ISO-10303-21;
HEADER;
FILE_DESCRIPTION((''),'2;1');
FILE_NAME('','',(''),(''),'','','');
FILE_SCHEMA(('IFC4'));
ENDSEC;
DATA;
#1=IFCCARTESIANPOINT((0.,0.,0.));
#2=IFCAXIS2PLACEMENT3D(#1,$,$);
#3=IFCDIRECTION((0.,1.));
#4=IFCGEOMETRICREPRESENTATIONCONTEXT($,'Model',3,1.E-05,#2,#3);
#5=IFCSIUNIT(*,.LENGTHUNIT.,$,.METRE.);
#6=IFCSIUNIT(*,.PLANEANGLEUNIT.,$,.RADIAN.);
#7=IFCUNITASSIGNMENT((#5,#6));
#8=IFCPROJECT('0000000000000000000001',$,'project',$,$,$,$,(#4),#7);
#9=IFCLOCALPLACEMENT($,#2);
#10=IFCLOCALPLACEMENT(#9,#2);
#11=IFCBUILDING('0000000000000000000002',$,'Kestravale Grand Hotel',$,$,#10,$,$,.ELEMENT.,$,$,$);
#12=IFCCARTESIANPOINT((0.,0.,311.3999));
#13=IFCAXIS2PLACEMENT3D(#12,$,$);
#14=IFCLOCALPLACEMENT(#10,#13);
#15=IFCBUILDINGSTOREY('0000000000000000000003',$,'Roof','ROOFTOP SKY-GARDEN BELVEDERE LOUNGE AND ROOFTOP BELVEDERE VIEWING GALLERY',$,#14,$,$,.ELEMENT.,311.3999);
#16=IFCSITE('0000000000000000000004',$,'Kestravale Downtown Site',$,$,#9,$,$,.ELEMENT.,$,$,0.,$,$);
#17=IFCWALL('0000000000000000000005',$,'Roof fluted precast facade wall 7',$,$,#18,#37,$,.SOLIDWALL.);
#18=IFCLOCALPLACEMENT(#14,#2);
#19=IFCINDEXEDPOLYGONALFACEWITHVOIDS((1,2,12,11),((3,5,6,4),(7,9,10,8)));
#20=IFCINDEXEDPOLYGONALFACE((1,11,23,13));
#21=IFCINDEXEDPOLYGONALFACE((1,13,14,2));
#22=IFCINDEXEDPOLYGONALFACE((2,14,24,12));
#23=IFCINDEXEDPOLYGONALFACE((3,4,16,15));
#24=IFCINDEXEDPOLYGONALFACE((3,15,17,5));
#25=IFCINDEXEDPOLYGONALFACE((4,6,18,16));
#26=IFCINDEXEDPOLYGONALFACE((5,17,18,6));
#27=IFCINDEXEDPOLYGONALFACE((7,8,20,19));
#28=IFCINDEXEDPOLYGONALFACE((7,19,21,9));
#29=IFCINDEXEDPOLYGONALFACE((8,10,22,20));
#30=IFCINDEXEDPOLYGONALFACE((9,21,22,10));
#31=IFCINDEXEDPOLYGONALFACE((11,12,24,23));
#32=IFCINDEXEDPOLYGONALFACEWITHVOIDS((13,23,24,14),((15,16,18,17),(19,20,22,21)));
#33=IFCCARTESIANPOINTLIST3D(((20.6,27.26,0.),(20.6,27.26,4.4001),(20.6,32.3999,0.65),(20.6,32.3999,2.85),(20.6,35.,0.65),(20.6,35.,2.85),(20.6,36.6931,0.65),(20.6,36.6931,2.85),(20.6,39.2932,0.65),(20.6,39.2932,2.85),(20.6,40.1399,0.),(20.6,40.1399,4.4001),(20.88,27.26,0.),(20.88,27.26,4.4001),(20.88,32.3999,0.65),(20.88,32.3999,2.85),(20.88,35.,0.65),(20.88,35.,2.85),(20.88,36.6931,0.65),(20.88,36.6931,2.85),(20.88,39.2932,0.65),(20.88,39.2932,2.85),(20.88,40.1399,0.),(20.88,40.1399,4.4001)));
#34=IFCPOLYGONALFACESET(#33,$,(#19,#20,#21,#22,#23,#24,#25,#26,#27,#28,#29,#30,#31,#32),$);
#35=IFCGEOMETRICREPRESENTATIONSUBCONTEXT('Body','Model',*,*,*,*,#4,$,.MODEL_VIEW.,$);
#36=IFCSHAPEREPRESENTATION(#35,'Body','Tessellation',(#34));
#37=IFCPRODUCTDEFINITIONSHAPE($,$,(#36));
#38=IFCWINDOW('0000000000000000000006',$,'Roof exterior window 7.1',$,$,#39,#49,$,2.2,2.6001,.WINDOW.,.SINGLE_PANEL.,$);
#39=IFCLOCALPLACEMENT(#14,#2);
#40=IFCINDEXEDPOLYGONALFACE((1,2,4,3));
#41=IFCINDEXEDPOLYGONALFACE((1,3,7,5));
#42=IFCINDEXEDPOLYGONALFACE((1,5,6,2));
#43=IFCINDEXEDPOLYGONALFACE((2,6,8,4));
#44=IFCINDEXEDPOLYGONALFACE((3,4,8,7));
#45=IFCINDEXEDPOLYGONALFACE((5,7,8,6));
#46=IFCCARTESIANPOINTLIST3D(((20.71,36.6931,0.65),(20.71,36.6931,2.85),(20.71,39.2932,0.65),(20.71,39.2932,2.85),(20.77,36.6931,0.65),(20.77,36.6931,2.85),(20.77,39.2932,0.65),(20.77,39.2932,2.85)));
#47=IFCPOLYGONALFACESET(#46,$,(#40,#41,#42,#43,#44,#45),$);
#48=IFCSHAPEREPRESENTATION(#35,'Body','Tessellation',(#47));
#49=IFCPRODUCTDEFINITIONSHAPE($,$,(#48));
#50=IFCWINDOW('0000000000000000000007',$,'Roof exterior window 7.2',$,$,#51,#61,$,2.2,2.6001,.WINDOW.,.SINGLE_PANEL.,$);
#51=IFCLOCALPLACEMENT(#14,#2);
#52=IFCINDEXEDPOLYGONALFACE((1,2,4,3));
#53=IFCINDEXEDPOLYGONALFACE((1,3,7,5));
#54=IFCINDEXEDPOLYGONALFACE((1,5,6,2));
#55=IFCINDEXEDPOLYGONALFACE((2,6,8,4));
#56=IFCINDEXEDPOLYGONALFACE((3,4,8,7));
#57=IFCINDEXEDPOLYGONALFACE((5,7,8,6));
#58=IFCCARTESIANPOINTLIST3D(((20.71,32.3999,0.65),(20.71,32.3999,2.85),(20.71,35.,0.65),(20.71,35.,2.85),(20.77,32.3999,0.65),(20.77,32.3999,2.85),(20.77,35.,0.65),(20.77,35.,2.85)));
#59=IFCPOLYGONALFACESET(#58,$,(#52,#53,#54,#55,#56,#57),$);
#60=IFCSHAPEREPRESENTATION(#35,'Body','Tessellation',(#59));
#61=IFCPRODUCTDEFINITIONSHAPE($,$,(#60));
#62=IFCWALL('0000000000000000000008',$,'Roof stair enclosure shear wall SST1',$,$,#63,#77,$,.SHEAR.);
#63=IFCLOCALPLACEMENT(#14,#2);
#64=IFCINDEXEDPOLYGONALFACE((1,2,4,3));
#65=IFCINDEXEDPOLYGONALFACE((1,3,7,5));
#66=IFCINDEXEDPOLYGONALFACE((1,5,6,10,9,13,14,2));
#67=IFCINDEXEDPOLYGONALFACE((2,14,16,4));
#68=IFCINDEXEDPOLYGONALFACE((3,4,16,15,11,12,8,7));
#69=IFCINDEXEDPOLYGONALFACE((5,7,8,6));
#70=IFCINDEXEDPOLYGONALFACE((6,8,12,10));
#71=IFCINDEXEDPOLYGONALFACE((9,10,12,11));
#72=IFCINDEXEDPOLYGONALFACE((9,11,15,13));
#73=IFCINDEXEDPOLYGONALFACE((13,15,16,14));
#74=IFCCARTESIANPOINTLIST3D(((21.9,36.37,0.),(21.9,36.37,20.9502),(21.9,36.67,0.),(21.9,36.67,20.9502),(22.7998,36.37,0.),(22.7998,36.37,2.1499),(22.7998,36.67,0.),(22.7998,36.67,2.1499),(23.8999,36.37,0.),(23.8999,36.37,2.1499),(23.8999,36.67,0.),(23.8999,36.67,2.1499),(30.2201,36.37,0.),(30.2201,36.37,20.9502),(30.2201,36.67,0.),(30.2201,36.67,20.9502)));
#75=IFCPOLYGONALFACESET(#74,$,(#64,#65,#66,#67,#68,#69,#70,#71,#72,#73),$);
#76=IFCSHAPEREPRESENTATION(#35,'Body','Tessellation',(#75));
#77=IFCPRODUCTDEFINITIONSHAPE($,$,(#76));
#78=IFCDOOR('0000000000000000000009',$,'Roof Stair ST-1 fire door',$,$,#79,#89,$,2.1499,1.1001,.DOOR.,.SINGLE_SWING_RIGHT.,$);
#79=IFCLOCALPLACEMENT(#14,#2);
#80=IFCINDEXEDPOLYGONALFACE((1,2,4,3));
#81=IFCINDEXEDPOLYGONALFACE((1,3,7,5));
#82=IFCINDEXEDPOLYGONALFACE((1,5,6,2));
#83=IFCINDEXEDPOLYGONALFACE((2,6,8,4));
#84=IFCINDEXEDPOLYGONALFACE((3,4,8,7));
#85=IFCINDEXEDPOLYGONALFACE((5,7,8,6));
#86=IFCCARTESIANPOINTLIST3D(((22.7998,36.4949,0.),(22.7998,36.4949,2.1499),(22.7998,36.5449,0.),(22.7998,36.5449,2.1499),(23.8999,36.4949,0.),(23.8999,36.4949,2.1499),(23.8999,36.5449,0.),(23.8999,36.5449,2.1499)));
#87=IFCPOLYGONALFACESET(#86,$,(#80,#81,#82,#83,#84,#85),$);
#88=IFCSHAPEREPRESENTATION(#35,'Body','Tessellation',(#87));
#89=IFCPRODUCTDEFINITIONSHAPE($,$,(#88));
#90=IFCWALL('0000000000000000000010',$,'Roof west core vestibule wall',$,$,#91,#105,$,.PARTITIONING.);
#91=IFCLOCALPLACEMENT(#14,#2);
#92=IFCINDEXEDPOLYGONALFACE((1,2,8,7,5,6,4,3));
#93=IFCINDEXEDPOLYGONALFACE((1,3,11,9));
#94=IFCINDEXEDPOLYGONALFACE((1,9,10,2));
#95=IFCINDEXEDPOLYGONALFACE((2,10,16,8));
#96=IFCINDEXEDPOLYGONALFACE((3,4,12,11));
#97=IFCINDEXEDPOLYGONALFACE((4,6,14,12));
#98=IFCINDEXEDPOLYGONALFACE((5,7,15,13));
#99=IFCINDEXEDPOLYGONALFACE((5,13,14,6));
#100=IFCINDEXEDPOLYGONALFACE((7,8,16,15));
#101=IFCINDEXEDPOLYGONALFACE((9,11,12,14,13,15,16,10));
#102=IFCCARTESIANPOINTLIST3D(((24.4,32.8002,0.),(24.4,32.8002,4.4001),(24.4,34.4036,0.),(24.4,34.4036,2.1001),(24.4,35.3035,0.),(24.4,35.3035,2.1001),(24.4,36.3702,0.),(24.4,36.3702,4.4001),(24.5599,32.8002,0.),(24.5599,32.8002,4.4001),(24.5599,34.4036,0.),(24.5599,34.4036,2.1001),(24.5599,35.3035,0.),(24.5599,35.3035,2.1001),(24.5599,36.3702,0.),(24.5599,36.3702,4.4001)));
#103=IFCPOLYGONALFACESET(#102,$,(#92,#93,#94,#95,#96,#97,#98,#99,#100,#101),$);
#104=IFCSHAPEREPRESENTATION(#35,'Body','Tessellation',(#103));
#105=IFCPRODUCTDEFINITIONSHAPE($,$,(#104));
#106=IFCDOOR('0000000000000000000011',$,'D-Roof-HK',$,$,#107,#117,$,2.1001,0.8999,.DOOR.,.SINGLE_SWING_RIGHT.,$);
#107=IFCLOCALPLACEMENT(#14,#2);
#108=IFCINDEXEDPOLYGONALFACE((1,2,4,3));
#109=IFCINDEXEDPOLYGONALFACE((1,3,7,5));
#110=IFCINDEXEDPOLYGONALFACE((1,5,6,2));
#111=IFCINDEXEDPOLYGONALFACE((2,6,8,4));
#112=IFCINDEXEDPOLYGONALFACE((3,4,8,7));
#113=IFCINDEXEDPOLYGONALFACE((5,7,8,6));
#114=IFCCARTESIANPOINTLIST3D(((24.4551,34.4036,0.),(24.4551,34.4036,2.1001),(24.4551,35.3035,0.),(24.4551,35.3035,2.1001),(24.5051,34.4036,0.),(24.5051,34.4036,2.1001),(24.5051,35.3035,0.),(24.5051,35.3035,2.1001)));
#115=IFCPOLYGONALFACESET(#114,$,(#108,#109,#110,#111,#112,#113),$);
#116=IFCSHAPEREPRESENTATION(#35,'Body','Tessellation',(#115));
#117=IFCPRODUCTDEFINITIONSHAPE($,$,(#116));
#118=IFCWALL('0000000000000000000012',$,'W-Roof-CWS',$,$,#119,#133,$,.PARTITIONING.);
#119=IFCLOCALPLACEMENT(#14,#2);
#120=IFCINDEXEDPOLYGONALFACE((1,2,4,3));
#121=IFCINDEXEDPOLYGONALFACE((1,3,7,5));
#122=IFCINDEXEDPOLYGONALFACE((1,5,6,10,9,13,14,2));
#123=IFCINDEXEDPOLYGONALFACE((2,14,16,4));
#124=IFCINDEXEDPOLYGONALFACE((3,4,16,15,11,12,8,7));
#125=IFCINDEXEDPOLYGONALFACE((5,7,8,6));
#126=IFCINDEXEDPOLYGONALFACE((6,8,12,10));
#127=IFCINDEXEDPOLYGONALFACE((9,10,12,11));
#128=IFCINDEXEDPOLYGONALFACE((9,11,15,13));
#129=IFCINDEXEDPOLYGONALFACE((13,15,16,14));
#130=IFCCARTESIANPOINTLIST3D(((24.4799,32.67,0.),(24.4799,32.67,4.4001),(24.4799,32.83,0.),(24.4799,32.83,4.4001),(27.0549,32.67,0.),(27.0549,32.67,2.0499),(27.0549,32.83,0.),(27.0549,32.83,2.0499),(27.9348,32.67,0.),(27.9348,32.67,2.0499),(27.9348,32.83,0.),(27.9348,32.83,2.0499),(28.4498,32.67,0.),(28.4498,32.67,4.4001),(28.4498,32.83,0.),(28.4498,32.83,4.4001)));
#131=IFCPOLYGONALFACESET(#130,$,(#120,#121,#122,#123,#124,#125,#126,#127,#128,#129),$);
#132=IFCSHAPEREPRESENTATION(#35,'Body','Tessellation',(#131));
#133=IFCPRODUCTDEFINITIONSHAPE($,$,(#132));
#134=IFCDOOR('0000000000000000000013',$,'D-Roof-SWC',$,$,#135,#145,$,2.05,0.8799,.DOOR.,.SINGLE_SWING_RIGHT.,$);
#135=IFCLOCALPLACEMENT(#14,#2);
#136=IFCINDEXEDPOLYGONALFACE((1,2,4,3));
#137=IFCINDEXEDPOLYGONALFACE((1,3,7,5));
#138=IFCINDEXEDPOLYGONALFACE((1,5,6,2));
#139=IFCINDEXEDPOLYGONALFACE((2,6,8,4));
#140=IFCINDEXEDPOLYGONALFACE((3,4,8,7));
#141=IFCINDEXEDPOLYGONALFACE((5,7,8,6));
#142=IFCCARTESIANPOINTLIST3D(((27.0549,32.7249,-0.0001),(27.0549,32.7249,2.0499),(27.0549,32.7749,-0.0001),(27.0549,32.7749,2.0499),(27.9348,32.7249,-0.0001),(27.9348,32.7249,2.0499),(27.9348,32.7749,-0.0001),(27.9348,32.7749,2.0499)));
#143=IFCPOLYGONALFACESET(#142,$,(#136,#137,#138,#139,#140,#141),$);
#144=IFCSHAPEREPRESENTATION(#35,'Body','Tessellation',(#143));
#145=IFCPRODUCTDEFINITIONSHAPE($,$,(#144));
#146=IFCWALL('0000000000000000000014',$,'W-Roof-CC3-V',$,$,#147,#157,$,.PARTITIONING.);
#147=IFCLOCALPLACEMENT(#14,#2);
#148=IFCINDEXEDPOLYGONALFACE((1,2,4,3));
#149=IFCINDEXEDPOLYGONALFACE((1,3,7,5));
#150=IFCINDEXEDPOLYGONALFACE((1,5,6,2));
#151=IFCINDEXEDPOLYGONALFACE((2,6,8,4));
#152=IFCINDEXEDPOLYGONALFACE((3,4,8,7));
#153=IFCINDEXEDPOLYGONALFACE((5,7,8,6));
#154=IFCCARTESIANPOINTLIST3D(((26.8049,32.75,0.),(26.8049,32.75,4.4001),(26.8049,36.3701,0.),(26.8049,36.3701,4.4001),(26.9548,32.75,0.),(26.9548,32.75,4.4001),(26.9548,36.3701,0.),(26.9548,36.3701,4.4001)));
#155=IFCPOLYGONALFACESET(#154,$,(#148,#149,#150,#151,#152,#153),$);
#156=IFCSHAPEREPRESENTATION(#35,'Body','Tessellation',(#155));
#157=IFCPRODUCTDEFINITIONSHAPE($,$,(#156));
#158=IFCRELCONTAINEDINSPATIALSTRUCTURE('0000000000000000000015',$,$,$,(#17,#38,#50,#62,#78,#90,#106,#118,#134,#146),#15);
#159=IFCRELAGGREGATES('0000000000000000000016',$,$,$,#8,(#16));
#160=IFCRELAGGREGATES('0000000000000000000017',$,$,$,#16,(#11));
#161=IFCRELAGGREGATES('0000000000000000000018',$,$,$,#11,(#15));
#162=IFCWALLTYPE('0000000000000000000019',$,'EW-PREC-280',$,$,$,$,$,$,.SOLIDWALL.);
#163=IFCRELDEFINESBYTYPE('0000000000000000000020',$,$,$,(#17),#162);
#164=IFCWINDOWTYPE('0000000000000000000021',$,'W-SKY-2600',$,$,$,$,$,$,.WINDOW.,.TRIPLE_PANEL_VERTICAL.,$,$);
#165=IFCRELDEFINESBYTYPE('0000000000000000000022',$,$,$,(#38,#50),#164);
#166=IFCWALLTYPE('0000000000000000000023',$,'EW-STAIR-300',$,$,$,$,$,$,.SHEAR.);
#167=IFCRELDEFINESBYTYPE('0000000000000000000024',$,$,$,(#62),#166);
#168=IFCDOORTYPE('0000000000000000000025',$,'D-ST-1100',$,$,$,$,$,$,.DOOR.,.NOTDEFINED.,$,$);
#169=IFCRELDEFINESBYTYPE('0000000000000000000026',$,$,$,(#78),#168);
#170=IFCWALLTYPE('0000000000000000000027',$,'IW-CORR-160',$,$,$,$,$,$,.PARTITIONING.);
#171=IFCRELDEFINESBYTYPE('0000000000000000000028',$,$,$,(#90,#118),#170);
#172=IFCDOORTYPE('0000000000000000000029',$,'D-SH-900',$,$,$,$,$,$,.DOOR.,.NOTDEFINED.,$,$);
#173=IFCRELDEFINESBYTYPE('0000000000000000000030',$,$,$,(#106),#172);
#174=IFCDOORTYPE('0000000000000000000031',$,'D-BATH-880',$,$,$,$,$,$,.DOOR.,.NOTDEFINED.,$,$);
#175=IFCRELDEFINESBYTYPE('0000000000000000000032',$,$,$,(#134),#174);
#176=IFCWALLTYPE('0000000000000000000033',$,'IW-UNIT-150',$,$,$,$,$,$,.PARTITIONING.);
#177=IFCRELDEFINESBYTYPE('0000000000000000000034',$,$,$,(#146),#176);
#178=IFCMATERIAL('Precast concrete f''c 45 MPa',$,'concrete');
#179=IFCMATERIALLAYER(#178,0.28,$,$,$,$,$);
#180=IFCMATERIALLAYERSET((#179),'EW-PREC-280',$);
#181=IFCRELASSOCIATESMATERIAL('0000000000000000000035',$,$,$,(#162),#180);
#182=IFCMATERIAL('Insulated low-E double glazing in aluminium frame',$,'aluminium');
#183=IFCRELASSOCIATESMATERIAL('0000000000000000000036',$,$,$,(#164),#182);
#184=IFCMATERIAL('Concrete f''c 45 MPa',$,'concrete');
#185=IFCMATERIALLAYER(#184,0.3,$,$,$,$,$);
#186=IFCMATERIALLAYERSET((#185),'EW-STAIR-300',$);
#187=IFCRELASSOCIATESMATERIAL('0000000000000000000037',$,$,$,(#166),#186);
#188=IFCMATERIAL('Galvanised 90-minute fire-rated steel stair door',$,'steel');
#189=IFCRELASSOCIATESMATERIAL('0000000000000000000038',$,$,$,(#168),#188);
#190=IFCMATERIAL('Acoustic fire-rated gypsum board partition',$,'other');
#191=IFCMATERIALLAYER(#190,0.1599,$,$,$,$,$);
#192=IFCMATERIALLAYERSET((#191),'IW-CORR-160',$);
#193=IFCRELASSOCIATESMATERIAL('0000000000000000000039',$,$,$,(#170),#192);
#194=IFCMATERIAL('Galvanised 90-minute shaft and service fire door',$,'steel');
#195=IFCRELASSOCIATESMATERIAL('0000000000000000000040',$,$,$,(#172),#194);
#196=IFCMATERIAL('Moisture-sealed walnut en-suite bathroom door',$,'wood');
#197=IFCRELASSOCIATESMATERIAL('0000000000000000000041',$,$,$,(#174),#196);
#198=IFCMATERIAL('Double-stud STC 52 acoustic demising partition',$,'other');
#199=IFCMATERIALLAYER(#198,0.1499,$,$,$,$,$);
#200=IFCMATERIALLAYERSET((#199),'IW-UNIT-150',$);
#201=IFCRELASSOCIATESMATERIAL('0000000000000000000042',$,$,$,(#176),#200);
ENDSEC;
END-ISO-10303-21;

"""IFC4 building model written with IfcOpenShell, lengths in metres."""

from ifc_helpers import new_model, si_unit, direction, frame, frame_2d, origin, place, context, subcontext, project, spatial, rectangle, extrude, material, layer, layer_set, type_object, element, fill, save


model = new_model("IFC4")

# Units and contexts
model_context = context("Model", 3, precision=1e-05, world=origin(), true_north=direction((0.0, 1.0)))
body_context = subcontext(model_context, "Body", "Model", "MODEL_VIEW")
ifc_project = project(units=[si_unit("LENGTHUNIT", "METRE"), si_unit("PLANEANGLEUNIT", "RADIAN")], contexts=[model_context])

# Site, building, storey
site_placement = place(None, origin())
site = spatial("IfcSite", under=ifc_project, at=site_placement, Name="Kestravale Downtown Site", CompositionType="ELEMENT", RefElevation=0.0)
building_placement = place(site_placement, origin())
building = spatial("IfcBuilding", under=site, at=building_placement, Name="Kestravale Grand Hotel", CompositionType="ELEMENT")
storey_placement = place(building_placement, frame((0.0, 0.0, 311.3999)))
storey = spatial("IfcBuildingStorey", under=building, at=storey_placement, Name="Roof", Description="ROOFTOP SKY-GARDEN BELVEDERE LOUNGE AND ROOFTOP BELVEDERE VIEWING GALLERY", CompositionType="ELEMENT", Elevation=311.3999)

# Shared definitions
ifc_material_1 = material(Name="Precast concrete f'c 45 MPa", Category="concrete")
ifc_layer_1 = layer(ifc_material_1, 0.28)
ifc_layer_set_1 = layer_set([ifc_layer_1], Name="EW-PREC-280")
wall_type_1 = type_object("IfcWallType", Name="EW-PREC-280", PredefinedType="SOLIDWALL", material=ifc_layer_set_1)

# Wall, openings, windows
wall_1_placement = place(storey_placement, frame((20.74, 40.1399, 0.0), z_axis=(0.0, 0.0, 1.0), x_axis=(0.0, -1.0, 0.0)))
wall_1 = element("IfcWall", 1, at=wall_1_placement, inside=storey, type_object=wall_type_1, Name="Roof fluted precast facade wall 7", PredefinedType="SOLIDWALL", context=body_context, shape_type="SweptSolid", body=[
    extrude(rectangle(XDim=12.8799, YDim=0.28, at=frame_2d((6.4399, 0.0))), origin(), (0.0, 0.0, 1.0), 4.4001),
])
opening_1_placement = place(wall_1_placement, frame((0.8467, 0.0, 0.6499)))
opening_1 = element("IfcOpeningElement", 2, at=opening_1_placement, cuts=wall_1, PredefinedType="OPENING", context=body_context, shape_type="SweptSolid", body=[
    extrude(rectangle(XDim=2.6001, YDim=2.2, at=frame_2d((1.3, 1.1001))), frame((0.0, 0.1499, 0.0), z_axis=(0.0, -1.0, 0.0), x_axis=(1.0, 0.0, 0.0)), (0.0, 0.0, 1.0), 0.3),
])
opening_2_placement = place(wall_1_placement, frame((5.1399, 0.0, 0.6499)))
opening_2 = element("IfcOpeningElement", 3, at=opening_2_placement, cuts=wall_1, PredefinedType="OPENING", context=body_context, shape_type="SweptSolid", body=[
    extrude(rectangle(XDim=2.6001, YDim=2.2, at=frame_2d((1.3, 1.1001))), frame((0.0, 0.1499, 0.0), z_axis=(0.0, -1.0, 0.0), x_axis=(1.0, 0.0, 0.0)), (0.0, 0.0, 1.0), 0.3),
])
ifc_material_2 = material(Name="Insulated low-E double glazing in aluminium frame", Category="aluminium")
window_type = type_object("IfcWindowType", Name="W-SKY-2600", PartitioningType="TRIPLE_PANEL_VERTICAL", PredefinedType="WINDOW", material=ifc_material_2)
window_1_placement = place(opening_1_placement, origin())
window_1 = element("IfcWindow", 4, at=window_1_placement, inside=storey, type_object=window_type, Name="Roof exterior window 7.1", OverallHeight=2.2, OverallWidth=2.6001, PartitioningType="SINGLE_PANEL", PredefinedType="WINDOW", context=body_context, shape_type="SweptSolid", body=[
    extrude(rectangle(XDim=2.6001, YDim=2.2, at=frame_2d((1.3, 1.1001))), frame((0.0, 0.03, 0.0), z_axis=(0.0, -1.0, 0.0), x_axis=(1.0, 0.0, 0.0)), (0.0, 0.0, 1.0), 0.0601),
])
fill(opening_1, window_1)
window_2_placement = place(opening_2_placement, origin())
window_2 = element("IfcWindow", 5, at=window_2_placement, inside=storey, type_object=window_type, Name="Roof exterior window 7.2", OverallHeight=2.2, OverallWidth=2.6001, PartitioningType="SINGLE_PANEL", PredefinedType="WINDOW", context=body_context, shape_type="SweptSolid", body=[
    extrude(rectangle(XDim=2.6001, YDim=2.2, at=frame_2d((1.3, 1.1001))), frame((0.0, 0.03, 0.0), z_axis=(0.0, -1.0, 0.0), x_axis=(1.0, 0.0, 0.0)), (0.0, 0.0, 1.0), 0.0601),
])
fill(opening_2, window_2)

# Walls, openings, doors
ifc_material_3 = material(Name="Concrete f'c 45 MPa", Category="concrete")
ifc_layer_2 = layer(ifc_material_3, 0.3)
ifc_layer_set_2 = layer_set([ifc_layer_2], Name="EW-STAIR-300")
wall_type_2 = type_object("IfcWallType", Name="EW-STAIR-300", PredefinedType="SHEAR", material=ifc_layer_set_2)
wall_2_placement = place(storey_placement, frame((21.8999, 36.52, 0.0), z_axis=(0.0, 0.0, 1.0), x_axis=(1.0, 0.0, 0.0)))
wall_2 = element("IfcWall", 6, at=wall_2_placement, inside=storey, type_object=wall_type_2, Name="Roof stair enclosure shear wall SST1", PredefinedType="SHEAR", context=body_context, shape_type="SweptSolid", body=[
    extrude(rectangle(XDim=8.3201, YDim=0.3, at=frame_2d((4.1602, 0.0))), origin(), (0.0, 0.0, 1.0), 20.9502),
])
opening_3_placement = place(wall_2_placement, frame((0.8999, 0.0, 0.0)))
opening_3 = element("IfcOpeningElement", 7, at=opening_3_placement, cuts=wall_2, PredefinedType="OPENING", context=body_context, shape_type="SweptSolid", body=[
    extrude(rectangle(XDim=1.1001, YDim=2.1499, at=frame_2d((0.55, 1.075))), frame((0.0, 0.1599, 0.0), z_axis=(0.0, -1.0, 0.0), x_axis=(1.0, 0.0, 0.0)), (0.0, 0.0, 1.0), 0.3201),
])
ifc_material_4 = material(Name="Galvanised 90-minute fire-rated steel stair door", Category="steel")
door_type_1 = type_object("IfcDoorType", Name="D-ST-1100", OperationType="NOTDEFINED", PredefinedType="DOOR", material=ifc_material_4)
door_1_placement = place(opening_3_placement, origin())
door_1 = element("IfcDoor", 8, at=door_1_placement, inside=storey, type_object=door_type_1, Name="Roof Stair ST-1 fire door", OperationType="SINGLE_SWING_RIGHT", OverallHeight=2.1499, OverallWidth=1.1001, PredefinedType="DOOR", context=body_context, shape_type="SweptSolid", body=[
    extrude(rectangle(XDim=1.1001, YDim=2.1499, at=frame_2d((0.55, 1.075))), frame((0.0, 0.0249, 0.0), z_axis=(0.0, -1.0, 0.0), x_axis=(1.0, 0.0, 0.0)), (0.0, 0.0, 1.0), 0.05),
])
fill(opening_3, door_1)
ifc_material_5 = material(Name="Acoustic fire-rated gypsum board partition", Category="other")
ifc_layer_3 = layer(ifc_material_5, 0.1599)
ifc_layer_set_3 = layer_set([ifc_layer_3], Name="IW-CORR-160")
wall_type_3 = type_object("IfcWallType", Name="IW-CORR-160", PredefinedType="PARTITIONING", material=ifc_layer_set_3)
wall_3_placement = place(storey_placement, frame((24.48, 32.8, 0.0), z_axis=(0.0, 0.0, 1.0), x_axis=(0.0, 1.0, 0.0)))
wall_3 = element("IfcWall", 9, at=wall_3_placement, inside=storey, type_object=wall_type_3, Name="Roof west core vestibule wall", PredefinedType="PARTITIONING", context=body_context, shape_type="SweptSolid", body=[
    extrude(rectangle(XDim=3.5701, YDim=0.1599, at=frame_2d((1.7852, 0.0))), origin(), (0.0, 0.0, 1.0), 4.4001),
])
opening_4_placement = place(wall_3_placement, frame((1.6035, 0.0, 0.0)))
opening_4 = element("IfcOpeningElement", 10, at=opening_4_placement, cuts=wall_3, PredefinedType="OPENING", context=body_context, shape_type="SweptSolid", body=[
    extrude(rectangle(XDim=0.8999, YDim=2.1001, at=frame_2d((0.45, 1.05))), frame((0.0, 0.0898, 0.0), z_axis=(0.0, -1.0, 0.0), x_axis=(1.0, 0.0, 0.0)), (0.0, 0.0, 1.0), 0.1799),
])
ifc_material_6 = material(Name="Galvanised 90-minute shaft and service fire door", Category="steel")
door_type_2 = type_object("IfcDoorType", Name="D-SH-900", OperationType="NOTDEFINED", PredefinedType="DOOR", material=ifc_material_6)
door_2_placement = place(opening_4_placement, origin())
door_2 = element("IfcDoor", 11, at=door_2_placement, inside=storey, type_object=door_type_2, Name="D-Roof-HK", OperationType="SINGLE_SWING_RIGHT", OverallHeight=2.1001, OverallWidth=0.8999, PredefinedType="DOOR", context=body_context, shape_type="SweptSolid", body=[
    extrude(rectangle(XDim=0.8999, YDim=2.1001, at=frame_2d((0.45, 1.05))), frame((0.0, 0.0249, 0.0), z_axis=(0.0, -1.0, 0.0), x_axis=(1.0, 0.0, 0.0)), (0.0, 0.0, 1.0), 0.05),
])
fill(opening_4, door_2)
wall_4_placement = place(storey_placement, frame((24.48, 32.75, 0.0), z_axis=(0.0, 0.0, 1.0), x_axis=(1.0, 0.0, 0.0)))
wall_4 = element("IfcWall", 12, at=wall_4_placement, inside=storey, type_object=wall_type_3, Name="W-Roof-CWS", PredefinedType="PARTITIONING", context=body_context, shape_type="SweptSolid", body=[
    extrude(rectangle(XDim=3.97, YDim=0.1599, at=frame_2d((1.9849, 0.0))), origin(), (0.0, 0.0, 1.0), 4.4001),
])
opening_5_placement = place(wall_4_placement, frame((2.575, 0.0, 0.0)))
opening_5 = element("IfcOpeningElement", 13, at=opening_5_placement, cuts=wall_4, PredefinedType="OPENING", context=body_context, shape_type="SweptSolid", body=[
    extrude(rectangle(XDim=0.8799, YDim=2.05, at=frame_2d((0.4399, 1.0249))), frame((0.0, 0.0898, 0.0), z_axis=(0.0, -1.0, 0.0), x_axis=(1.0, 0.0, 0.0)), (0.0, 0.0, 1.0), 0.1799),
])
ifc_material_7 = material(Name="Moisture-sealed walnut en-suite bathroom door", Category="wood")
door_type_3 = type_object("IfcDoorType", Name="D-BATH-880", OperationType="NOTDEFINED", PredefinedType="DOOR", material=ifc_material_7)
door_3_placement = place(opening_5_placement, origin())
door_3 = element("IfcDoor", 14, at=door_3_placement, inside=storey, type_object=door_type_3, Name="D-Roof-SWC", OperationType="SINGLE_SWING_RIGHT", OverallHeight=2.05, OverallWidth=0.8799, PredefinedType="DOOR", context=body_context, shape_type="SweptSolid", body=[
    extrude(rectangle(XDim=0.8799, YDim=2.05, at=frame_2d((0.4399, 1.0249))), frame((0.0, 0.0249, 0.0), z_axis=(0.0, -1.0, 0.0), x_axis=(1.0, 0.0, 0.0)), (0.0, 0.0, 1.0), 0.05),
])
fill(opening_5, door_3)

# Wall
ifc_material_8 = material(Name="Double-stud STC 52 acoustic demising partition", Category="other")
ifc_layer_4 = layer(ifc_material_8, 0.1499)
ifc_layer_set_4 = layer_set([ifc_layer_4], Name="IW-UNIT-150")
wall_type_4 = type_object("IfcWallType", Name="IW-UNIT-150", PredefinedType="PARTITIONING", material=ifc_layer_set_4)
wall_5_placement = place(storey_placement, frame((26.8799, 32.75, 0.0), z_axis=(0.0, 0.0, 1.0), x_axis=(0.0, 1.0, 0.0)))
element("IfcWall", 15, at=wall_5_placement, inside=storey, type_object=wall_type_4, Name="W-Roof-CC3-V", PredefinedType="PARTITIONING", context=body_context, shape_type="SweptSolid", body=[
    extrude(rectangle(XDim=3.6201, YDim=0.1499, at=frame_2d((1.8101, 0.0))), origin(), (0.0, 0.0, 1.0), 4.4001),
])

save(model, "model.ifc")
